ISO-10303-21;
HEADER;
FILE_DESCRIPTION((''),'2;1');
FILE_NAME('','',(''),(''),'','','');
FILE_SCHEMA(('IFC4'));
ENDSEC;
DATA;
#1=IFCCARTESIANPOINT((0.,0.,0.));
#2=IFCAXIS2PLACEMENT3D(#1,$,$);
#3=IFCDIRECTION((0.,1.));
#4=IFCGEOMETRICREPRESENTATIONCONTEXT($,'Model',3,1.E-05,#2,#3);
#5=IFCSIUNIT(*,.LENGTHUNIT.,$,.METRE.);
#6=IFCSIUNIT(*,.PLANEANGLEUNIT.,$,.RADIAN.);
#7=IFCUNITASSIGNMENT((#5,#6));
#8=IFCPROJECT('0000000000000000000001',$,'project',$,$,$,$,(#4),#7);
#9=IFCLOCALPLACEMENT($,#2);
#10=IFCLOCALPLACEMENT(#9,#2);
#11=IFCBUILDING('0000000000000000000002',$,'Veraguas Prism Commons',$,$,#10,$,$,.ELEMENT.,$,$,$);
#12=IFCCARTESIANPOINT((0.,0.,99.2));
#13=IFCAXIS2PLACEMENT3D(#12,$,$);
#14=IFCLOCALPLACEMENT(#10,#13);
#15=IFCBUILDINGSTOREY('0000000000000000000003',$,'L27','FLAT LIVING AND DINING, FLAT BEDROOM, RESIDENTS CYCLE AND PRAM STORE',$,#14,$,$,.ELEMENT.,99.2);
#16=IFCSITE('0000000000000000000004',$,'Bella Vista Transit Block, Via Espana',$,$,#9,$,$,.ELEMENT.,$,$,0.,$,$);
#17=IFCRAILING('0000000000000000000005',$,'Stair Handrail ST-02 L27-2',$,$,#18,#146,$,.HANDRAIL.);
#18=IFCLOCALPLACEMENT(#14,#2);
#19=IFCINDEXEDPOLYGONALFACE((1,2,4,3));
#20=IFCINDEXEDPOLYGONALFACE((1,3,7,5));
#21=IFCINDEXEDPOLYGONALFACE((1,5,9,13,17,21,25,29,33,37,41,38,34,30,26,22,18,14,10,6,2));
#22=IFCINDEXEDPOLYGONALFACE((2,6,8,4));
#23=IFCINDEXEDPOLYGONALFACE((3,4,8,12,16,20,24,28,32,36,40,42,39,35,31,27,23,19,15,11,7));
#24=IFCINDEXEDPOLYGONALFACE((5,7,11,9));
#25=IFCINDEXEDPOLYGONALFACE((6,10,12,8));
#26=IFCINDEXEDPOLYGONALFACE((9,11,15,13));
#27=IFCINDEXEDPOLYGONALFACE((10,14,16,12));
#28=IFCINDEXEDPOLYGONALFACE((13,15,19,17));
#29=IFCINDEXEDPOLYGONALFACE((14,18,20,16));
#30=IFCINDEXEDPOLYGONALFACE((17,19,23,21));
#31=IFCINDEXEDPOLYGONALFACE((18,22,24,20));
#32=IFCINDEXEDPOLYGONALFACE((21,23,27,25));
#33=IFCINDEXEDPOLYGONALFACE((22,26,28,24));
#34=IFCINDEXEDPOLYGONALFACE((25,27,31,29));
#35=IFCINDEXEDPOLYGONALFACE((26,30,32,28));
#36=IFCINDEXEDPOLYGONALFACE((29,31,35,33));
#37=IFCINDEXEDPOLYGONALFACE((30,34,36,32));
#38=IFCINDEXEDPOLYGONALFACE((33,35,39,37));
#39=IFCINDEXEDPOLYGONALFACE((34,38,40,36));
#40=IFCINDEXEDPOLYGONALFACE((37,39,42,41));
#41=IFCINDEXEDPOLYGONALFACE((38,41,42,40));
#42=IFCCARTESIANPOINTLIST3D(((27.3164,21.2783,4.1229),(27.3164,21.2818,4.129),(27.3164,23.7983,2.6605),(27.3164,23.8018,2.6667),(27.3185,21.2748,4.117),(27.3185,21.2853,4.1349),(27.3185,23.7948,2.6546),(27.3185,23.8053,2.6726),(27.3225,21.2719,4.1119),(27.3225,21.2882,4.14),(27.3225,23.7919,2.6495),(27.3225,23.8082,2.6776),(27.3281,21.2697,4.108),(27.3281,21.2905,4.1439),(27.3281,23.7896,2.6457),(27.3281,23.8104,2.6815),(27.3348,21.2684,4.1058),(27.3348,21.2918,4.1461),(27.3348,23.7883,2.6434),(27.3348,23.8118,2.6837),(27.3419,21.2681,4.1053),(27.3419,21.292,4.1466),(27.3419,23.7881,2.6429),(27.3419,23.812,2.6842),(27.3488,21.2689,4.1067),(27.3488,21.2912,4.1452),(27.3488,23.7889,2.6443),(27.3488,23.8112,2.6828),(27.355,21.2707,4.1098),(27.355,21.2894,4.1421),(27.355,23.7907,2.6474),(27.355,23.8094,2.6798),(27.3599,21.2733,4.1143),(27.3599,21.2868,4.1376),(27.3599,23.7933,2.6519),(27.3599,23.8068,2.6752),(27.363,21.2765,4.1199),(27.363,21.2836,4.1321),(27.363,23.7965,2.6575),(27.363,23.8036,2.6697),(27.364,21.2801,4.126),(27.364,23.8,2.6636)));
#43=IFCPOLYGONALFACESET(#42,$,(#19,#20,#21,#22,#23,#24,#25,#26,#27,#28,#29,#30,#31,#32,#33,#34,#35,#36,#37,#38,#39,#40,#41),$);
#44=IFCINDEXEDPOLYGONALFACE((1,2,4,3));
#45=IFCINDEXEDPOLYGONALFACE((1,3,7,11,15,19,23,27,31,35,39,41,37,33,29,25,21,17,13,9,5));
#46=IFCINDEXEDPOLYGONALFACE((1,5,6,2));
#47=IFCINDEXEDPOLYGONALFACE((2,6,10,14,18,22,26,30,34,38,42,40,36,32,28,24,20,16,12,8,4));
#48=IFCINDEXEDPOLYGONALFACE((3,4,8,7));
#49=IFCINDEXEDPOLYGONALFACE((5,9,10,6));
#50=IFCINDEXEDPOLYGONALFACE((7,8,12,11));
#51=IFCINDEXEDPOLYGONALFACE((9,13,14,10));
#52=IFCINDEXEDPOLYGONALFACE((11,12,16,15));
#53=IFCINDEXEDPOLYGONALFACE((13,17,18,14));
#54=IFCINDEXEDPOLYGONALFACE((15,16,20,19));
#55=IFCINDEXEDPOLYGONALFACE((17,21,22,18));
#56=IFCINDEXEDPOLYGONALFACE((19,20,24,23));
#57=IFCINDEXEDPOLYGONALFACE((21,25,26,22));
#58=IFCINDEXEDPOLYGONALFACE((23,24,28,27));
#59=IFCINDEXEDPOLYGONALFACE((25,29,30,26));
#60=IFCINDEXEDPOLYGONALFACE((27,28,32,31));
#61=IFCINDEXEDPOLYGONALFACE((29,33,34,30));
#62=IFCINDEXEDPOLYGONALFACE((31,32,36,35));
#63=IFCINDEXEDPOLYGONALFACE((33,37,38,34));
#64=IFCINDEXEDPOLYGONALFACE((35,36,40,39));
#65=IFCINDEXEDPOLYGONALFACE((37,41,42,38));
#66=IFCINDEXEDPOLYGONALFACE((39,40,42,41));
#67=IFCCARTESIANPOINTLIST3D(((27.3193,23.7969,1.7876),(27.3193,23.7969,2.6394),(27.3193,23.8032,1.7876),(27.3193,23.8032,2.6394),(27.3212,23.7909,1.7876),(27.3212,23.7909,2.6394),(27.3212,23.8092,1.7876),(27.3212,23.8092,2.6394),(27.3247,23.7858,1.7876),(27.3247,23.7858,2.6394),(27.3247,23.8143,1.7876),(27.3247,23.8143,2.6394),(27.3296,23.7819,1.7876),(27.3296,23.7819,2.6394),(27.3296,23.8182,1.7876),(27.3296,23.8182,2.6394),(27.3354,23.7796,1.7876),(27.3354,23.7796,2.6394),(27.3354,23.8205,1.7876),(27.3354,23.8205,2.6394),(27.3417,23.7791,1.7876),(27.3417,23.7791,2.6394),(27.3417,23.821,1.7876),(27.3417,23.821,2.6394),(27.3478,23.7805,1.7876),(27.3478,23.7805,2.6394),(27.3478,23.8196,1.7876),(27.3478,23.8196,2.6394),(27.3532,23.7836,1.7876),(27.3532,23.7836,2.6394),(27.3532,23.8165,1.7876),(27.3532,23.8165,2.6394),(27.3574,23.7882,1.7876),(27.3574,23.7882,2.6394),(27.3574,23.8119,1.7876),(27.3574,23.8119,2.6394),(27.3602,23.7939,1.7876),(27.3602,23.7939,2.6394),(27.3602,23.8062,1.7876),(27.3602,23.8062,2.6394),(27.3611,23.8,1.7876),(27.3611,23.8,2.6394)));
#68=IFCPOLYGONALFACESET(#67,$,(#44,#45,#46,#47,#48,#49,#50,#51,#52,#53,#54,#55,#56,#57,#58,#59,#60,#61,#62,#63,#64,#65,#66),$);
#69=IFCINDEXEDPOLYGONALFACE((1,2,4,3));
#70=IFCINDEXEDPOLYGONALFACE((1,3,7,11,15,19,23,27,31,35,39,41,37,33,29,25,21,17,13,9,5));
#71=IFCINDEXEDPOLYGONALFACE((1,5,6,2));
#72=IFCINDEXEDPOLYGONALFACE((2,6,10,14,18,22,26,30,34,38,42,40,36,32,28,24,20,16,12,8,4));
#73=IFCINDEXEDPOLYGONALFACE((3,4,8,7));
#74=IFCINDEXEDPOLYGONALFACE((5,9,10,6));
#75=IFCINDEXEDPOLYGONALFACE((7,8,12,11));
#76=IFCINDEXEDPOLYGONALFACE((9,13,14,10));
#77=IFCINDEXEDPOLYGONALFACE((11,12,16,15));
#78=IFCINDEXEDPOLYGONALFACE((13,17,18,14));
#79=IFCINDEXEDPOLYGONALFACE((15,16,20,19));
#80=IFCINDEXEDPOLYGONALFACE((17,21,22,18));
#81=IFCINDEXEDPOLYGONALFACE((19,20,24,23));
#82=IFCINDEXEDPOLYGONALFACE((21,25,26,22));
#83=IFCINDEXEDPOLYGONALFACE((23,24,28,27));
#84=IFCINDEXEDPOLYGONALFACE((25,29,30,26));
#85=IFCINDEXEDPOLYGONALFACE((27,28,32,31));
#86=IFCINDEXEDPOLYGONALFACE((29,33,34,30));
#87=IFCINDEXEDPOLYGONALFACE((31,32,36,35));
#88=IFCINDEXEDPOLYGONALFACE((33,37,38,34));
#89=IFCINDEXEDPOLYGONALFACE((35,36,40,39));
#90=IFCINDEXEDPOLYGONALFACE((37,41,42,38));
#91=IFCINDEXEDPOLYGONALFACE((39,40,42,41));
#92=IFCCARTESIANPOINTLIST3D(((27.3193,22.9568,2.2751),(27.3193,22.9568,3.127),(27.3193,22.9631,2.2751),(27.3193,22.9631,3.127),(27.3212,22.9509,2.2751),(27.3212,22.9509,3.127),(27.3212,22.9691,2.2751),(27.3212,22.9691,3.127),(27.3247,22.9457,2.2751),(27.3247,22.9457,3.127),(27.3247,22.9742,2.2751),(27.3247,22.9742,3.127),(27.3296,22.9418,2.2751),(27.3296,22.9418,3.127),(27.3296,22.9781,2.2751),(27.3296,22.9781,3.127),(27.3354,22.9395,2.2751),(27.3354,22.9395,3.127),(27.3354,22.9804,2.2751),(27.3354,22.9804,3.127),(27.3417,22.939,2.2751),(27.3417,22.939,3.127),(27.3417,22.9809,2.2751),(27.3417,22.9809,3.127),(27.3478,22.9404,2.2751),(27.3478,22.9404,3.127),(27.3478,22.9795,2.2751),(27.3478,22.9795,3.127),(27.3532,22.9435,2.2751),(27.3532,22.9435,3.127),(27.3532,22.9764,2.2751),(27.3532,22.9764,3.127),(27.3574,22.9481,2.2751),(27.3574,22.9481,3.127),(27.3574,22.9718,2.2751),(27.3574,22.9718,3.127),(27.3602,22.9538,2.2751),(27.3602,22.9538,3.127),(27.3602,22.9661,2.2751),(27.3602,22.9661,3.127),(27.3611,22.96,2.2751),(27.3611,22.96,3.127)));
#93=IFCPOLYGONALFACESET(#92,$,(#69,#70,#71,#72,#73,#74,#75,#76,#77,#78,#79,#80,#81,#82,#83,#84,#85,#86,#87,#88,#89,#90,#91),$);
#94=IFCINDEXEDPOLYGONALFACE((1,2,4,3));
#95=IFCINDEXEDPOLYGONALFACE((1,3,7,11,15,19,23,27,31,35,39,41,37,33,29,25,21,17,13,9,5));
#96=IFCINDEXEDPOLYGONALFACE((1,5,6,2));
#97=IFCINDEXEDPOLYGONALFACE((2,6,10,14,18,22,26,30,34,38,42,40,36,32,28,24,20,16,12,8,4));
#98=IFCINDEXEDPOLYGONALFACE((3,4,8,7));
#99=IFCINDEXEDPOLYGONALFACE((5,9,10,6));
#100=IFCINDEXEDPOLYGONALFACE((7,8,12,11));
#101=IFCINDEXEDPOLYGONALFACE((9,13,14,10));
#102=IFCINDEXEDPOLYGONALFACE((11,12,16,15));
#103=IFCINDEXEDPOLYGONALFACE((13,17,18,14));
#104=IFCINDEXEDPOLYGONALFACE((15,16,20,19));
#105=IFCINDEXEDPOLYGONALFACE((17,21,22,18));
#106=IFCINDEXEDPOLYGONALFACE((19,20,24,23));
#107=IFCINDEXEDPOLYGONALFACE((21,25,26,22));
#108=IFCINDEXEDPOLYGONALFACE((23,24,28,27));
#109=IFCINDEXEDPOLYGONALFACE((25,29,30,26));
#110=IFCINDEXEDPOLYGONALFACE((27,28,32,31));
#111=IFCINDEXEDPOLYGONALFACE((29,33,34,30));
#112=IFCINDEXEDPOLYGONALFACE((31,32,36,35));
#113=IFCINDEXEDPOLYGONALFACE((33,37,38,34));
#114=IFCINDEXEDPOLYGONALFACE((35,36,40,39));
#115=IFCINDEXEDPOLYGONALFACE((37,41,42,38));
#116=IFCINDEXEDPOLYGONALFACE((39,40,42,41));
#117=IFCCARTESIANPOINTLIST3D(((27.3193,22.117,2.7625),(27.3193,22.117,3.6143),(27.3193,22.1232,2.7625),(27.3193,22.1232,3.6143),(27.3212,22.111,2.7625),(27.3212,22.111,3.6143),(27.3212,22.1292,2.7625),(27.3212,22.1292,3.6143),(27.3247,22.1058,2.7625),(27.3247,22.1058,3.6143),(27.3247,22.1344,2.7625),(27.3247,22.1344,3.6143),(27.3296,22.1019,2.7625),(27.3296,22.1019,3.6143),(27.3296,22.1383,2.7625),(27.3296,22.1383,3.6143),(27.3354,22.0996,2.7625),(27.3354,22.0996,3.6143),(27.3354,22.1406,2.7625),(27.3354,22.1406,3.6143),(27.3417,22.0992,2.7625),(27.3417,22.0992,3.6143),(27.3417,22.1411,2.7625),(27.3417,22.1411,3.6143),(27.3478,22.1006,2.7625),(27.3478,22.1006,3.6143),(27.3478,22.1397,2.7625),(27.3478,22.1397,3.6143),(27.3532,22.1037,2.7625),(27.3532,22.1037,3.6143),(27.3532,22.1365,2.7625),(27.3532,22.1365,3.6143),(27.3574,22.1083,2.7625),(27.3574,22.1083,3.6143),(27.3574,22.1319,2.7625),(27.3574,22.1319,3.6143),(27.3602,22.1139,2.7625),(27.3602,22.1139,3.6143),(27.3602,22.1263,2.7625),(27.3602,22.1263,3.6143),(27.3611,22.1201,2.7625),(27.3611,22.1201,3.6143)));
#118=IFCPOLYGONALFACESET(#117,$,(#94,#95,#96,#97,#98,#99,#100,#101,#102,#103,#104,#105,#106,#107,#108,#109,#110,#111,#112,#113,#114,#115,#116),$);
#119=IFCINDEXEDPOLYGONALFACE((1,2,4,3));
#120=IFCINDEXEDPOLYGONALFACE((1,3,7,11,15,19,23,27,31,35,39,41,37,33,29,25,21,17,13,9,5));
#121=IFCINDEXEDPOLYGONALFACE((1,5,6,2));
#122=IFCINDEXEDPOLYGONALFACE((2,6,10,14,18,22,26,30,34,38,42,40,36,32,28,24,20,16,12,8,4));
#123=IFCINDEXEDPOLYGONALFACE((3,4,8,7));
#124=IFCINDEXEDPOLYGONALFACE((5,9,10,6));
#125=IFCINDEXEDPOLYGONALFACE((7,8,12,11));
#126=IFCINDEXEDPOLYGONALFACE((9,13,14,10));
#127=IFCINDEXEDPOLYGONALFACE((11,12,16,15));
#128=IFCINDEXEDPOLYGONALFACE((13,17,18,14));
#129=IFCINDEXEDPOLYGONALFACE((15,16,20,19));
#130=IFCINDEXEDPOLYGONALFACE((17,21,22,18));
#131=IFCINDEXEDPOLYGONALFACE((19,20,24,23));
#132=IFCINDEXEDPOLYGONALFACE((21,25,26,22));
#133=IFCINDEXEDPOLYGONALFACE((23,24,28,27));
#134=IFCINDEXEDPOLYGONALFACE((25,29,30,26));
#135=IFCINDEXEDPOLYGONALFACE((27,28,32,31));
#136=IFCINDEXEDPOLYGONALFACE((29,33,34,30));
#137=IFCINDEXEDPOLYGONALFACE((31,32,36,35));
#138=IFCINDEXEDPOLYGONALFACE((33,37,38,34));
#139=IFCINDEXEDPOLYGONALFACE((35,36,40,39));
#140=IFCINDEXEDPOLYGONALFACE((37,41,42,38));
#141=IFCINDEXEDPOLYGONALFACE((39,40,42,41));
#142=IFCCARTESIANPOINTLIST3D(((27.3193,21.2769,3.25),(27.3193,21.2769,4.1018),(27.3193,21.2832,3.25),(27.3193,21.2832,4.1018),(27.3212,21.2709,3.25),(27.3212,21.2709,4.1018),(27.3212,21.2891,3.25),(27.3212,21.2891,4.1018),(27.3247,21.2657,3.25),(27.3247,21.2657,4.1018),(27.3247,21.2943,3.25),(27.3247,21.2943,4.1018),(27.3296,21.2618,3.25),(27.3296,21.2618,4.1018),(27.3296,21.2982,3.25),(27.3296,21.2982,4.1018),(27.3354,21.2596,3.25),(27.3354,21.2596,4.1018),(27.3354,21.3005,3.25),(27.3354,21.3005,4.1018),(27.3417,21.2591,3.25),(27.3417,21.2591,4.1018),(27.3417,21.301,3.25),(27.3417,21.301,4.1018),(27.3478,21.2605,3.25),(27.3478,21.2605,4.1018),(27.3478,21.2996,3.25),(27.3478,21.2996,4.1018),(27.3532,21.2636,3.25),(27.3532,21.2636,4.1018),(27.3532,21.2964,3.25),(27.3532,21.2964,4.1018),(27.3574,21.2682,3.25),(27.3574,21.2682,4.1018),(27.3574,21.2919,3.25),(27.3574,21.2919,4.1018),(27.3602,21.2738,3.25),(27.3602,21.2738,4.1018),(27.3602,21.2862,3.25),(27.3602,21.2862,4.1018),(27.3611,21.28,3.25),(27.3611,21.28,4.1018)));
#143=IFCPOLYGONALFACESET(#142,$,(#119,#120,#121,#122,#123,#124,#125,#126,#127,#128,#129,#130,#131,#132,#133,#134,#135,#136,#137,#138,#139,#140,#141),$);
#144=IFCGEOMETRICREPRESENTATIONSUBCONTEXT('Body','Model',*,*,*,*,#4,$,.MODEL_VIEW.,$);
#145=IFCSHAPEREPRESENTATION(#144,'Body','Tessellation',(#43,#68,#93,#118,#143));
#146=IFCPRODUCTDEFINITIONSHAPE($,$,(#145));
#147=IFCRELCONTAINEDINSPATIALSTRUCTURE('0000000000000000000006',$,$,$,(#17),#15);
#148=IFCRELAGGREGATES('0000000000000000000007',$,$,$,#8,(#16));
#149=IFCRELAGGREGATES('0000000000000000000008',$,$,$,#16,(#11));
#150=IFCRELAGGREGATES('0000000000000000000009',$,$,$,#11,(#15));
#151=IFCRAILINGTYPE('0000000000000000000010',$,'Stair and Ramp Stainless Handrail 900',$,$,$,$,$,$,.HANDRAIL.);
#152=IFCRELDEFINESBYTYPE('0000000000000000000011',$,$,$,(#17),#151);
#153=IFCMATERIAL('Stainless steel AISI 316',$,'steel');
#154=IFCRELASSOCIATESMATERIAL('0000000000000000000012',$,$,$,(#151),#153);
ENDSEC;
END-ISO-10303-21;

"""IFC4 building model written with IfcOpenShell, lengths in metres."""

from ifc_helpers import new_model, si_unit, direction, frame, origin, origin_2d, place, context, subcontext, project, spatial, circle, extrude, material, type_object, element, save


model = new_model("IFC4")

# Units and contexts
model_context = context("Model", 3, precision=1e-05, world=origin(), true_north=direction((0.0, 1.0)))
body_context = subcontext(model_context, "Body", "Model", "MODEL_VIEW")
ifc_project = project(units=[si_unit("LENGTHUNIT", "METRE"), si_unit("PLANEANGLEUNIT", "RADIAN")], contexts=[model_context])

# Site, building, storey
site_placement = place(None, origin())
site = spatial("IfcSite", under=ifc_project, at=site_placement, Name="Bella Vista Transit Block, Via Espana", CompositionType="ELEMENT", RefElevation=0.0)
building_placement = place(site_placement, origin())
building = spatial("IfcBuilding", under=site, at=building_placement, Name="Veraguas Prism Commons", CompositionType="ELEMENT")
storey_placement = place(building_placement, frame((0.0, 0.0, 99.2)))
storey = spatial("IfcBuildingStorey", under=building, at=storey_placement, Name="L27", Description="FLAT LIVING AND DINING, FLAT BEDROOM, RESIDENTS CYCLE AND PRAM STORE", CompositionType="ELEMENT", Elevation=99.2)

# Shared definitions
ifc_material_1 = material(Name="Stainless steel AISI 316", Category="steel")

# Railing
railing_type_1 = type_object("IfcRailingType", Name="Stair and Ramp Stainless Handrail 900", PredefinedType="HANDRAIL", material=ifc_material_1)
railing_1_placement = place(storey_placement, frame((27.3401, 23.8, 1.7876)))
element("IfcRailing", 1, at=railing_1_placement, inside=storey, type_object=railing_type_1, Name="Stair Handrail ST-02 L27-2", PredefinedType="HANDRAIL", context=body_context, shape_type="SweptSolid", body=[
    extrude(circle(Radius=0.0239, at=origin_2d()), frame((0.0, 0.0, 0.876), z_axis=(0.0, -0.864913, 0.501921), x_axis=(1.0, 0.0, 0.0)), (0.0, 0.0, 1.0), 2.9136),
    extrude(circle(Radius=0.021, at=origin_2d()), origin(), (0.0, 0.0, 1.0), 0.8518),
    extrude(circle(Radius=0.021, at=origin_2d()), frame((0.0, -0.8401, 0.4875)), (0.0, 0.0, 1.0), 0.8518),
    extrude(circle(Radius=0.021, at=origin_2d()), frame((0.0, -1.6799, 0.9749)), (0.0, 0.0, 1.0), 0.8518),
    extrude(circle(Radius=0.021, at=origin_2d()), frame((0.0, -2.52, 1.4624)), (0.0, 0.0, 1.0), 0.8518),
])

save(model, "model.ifc")
